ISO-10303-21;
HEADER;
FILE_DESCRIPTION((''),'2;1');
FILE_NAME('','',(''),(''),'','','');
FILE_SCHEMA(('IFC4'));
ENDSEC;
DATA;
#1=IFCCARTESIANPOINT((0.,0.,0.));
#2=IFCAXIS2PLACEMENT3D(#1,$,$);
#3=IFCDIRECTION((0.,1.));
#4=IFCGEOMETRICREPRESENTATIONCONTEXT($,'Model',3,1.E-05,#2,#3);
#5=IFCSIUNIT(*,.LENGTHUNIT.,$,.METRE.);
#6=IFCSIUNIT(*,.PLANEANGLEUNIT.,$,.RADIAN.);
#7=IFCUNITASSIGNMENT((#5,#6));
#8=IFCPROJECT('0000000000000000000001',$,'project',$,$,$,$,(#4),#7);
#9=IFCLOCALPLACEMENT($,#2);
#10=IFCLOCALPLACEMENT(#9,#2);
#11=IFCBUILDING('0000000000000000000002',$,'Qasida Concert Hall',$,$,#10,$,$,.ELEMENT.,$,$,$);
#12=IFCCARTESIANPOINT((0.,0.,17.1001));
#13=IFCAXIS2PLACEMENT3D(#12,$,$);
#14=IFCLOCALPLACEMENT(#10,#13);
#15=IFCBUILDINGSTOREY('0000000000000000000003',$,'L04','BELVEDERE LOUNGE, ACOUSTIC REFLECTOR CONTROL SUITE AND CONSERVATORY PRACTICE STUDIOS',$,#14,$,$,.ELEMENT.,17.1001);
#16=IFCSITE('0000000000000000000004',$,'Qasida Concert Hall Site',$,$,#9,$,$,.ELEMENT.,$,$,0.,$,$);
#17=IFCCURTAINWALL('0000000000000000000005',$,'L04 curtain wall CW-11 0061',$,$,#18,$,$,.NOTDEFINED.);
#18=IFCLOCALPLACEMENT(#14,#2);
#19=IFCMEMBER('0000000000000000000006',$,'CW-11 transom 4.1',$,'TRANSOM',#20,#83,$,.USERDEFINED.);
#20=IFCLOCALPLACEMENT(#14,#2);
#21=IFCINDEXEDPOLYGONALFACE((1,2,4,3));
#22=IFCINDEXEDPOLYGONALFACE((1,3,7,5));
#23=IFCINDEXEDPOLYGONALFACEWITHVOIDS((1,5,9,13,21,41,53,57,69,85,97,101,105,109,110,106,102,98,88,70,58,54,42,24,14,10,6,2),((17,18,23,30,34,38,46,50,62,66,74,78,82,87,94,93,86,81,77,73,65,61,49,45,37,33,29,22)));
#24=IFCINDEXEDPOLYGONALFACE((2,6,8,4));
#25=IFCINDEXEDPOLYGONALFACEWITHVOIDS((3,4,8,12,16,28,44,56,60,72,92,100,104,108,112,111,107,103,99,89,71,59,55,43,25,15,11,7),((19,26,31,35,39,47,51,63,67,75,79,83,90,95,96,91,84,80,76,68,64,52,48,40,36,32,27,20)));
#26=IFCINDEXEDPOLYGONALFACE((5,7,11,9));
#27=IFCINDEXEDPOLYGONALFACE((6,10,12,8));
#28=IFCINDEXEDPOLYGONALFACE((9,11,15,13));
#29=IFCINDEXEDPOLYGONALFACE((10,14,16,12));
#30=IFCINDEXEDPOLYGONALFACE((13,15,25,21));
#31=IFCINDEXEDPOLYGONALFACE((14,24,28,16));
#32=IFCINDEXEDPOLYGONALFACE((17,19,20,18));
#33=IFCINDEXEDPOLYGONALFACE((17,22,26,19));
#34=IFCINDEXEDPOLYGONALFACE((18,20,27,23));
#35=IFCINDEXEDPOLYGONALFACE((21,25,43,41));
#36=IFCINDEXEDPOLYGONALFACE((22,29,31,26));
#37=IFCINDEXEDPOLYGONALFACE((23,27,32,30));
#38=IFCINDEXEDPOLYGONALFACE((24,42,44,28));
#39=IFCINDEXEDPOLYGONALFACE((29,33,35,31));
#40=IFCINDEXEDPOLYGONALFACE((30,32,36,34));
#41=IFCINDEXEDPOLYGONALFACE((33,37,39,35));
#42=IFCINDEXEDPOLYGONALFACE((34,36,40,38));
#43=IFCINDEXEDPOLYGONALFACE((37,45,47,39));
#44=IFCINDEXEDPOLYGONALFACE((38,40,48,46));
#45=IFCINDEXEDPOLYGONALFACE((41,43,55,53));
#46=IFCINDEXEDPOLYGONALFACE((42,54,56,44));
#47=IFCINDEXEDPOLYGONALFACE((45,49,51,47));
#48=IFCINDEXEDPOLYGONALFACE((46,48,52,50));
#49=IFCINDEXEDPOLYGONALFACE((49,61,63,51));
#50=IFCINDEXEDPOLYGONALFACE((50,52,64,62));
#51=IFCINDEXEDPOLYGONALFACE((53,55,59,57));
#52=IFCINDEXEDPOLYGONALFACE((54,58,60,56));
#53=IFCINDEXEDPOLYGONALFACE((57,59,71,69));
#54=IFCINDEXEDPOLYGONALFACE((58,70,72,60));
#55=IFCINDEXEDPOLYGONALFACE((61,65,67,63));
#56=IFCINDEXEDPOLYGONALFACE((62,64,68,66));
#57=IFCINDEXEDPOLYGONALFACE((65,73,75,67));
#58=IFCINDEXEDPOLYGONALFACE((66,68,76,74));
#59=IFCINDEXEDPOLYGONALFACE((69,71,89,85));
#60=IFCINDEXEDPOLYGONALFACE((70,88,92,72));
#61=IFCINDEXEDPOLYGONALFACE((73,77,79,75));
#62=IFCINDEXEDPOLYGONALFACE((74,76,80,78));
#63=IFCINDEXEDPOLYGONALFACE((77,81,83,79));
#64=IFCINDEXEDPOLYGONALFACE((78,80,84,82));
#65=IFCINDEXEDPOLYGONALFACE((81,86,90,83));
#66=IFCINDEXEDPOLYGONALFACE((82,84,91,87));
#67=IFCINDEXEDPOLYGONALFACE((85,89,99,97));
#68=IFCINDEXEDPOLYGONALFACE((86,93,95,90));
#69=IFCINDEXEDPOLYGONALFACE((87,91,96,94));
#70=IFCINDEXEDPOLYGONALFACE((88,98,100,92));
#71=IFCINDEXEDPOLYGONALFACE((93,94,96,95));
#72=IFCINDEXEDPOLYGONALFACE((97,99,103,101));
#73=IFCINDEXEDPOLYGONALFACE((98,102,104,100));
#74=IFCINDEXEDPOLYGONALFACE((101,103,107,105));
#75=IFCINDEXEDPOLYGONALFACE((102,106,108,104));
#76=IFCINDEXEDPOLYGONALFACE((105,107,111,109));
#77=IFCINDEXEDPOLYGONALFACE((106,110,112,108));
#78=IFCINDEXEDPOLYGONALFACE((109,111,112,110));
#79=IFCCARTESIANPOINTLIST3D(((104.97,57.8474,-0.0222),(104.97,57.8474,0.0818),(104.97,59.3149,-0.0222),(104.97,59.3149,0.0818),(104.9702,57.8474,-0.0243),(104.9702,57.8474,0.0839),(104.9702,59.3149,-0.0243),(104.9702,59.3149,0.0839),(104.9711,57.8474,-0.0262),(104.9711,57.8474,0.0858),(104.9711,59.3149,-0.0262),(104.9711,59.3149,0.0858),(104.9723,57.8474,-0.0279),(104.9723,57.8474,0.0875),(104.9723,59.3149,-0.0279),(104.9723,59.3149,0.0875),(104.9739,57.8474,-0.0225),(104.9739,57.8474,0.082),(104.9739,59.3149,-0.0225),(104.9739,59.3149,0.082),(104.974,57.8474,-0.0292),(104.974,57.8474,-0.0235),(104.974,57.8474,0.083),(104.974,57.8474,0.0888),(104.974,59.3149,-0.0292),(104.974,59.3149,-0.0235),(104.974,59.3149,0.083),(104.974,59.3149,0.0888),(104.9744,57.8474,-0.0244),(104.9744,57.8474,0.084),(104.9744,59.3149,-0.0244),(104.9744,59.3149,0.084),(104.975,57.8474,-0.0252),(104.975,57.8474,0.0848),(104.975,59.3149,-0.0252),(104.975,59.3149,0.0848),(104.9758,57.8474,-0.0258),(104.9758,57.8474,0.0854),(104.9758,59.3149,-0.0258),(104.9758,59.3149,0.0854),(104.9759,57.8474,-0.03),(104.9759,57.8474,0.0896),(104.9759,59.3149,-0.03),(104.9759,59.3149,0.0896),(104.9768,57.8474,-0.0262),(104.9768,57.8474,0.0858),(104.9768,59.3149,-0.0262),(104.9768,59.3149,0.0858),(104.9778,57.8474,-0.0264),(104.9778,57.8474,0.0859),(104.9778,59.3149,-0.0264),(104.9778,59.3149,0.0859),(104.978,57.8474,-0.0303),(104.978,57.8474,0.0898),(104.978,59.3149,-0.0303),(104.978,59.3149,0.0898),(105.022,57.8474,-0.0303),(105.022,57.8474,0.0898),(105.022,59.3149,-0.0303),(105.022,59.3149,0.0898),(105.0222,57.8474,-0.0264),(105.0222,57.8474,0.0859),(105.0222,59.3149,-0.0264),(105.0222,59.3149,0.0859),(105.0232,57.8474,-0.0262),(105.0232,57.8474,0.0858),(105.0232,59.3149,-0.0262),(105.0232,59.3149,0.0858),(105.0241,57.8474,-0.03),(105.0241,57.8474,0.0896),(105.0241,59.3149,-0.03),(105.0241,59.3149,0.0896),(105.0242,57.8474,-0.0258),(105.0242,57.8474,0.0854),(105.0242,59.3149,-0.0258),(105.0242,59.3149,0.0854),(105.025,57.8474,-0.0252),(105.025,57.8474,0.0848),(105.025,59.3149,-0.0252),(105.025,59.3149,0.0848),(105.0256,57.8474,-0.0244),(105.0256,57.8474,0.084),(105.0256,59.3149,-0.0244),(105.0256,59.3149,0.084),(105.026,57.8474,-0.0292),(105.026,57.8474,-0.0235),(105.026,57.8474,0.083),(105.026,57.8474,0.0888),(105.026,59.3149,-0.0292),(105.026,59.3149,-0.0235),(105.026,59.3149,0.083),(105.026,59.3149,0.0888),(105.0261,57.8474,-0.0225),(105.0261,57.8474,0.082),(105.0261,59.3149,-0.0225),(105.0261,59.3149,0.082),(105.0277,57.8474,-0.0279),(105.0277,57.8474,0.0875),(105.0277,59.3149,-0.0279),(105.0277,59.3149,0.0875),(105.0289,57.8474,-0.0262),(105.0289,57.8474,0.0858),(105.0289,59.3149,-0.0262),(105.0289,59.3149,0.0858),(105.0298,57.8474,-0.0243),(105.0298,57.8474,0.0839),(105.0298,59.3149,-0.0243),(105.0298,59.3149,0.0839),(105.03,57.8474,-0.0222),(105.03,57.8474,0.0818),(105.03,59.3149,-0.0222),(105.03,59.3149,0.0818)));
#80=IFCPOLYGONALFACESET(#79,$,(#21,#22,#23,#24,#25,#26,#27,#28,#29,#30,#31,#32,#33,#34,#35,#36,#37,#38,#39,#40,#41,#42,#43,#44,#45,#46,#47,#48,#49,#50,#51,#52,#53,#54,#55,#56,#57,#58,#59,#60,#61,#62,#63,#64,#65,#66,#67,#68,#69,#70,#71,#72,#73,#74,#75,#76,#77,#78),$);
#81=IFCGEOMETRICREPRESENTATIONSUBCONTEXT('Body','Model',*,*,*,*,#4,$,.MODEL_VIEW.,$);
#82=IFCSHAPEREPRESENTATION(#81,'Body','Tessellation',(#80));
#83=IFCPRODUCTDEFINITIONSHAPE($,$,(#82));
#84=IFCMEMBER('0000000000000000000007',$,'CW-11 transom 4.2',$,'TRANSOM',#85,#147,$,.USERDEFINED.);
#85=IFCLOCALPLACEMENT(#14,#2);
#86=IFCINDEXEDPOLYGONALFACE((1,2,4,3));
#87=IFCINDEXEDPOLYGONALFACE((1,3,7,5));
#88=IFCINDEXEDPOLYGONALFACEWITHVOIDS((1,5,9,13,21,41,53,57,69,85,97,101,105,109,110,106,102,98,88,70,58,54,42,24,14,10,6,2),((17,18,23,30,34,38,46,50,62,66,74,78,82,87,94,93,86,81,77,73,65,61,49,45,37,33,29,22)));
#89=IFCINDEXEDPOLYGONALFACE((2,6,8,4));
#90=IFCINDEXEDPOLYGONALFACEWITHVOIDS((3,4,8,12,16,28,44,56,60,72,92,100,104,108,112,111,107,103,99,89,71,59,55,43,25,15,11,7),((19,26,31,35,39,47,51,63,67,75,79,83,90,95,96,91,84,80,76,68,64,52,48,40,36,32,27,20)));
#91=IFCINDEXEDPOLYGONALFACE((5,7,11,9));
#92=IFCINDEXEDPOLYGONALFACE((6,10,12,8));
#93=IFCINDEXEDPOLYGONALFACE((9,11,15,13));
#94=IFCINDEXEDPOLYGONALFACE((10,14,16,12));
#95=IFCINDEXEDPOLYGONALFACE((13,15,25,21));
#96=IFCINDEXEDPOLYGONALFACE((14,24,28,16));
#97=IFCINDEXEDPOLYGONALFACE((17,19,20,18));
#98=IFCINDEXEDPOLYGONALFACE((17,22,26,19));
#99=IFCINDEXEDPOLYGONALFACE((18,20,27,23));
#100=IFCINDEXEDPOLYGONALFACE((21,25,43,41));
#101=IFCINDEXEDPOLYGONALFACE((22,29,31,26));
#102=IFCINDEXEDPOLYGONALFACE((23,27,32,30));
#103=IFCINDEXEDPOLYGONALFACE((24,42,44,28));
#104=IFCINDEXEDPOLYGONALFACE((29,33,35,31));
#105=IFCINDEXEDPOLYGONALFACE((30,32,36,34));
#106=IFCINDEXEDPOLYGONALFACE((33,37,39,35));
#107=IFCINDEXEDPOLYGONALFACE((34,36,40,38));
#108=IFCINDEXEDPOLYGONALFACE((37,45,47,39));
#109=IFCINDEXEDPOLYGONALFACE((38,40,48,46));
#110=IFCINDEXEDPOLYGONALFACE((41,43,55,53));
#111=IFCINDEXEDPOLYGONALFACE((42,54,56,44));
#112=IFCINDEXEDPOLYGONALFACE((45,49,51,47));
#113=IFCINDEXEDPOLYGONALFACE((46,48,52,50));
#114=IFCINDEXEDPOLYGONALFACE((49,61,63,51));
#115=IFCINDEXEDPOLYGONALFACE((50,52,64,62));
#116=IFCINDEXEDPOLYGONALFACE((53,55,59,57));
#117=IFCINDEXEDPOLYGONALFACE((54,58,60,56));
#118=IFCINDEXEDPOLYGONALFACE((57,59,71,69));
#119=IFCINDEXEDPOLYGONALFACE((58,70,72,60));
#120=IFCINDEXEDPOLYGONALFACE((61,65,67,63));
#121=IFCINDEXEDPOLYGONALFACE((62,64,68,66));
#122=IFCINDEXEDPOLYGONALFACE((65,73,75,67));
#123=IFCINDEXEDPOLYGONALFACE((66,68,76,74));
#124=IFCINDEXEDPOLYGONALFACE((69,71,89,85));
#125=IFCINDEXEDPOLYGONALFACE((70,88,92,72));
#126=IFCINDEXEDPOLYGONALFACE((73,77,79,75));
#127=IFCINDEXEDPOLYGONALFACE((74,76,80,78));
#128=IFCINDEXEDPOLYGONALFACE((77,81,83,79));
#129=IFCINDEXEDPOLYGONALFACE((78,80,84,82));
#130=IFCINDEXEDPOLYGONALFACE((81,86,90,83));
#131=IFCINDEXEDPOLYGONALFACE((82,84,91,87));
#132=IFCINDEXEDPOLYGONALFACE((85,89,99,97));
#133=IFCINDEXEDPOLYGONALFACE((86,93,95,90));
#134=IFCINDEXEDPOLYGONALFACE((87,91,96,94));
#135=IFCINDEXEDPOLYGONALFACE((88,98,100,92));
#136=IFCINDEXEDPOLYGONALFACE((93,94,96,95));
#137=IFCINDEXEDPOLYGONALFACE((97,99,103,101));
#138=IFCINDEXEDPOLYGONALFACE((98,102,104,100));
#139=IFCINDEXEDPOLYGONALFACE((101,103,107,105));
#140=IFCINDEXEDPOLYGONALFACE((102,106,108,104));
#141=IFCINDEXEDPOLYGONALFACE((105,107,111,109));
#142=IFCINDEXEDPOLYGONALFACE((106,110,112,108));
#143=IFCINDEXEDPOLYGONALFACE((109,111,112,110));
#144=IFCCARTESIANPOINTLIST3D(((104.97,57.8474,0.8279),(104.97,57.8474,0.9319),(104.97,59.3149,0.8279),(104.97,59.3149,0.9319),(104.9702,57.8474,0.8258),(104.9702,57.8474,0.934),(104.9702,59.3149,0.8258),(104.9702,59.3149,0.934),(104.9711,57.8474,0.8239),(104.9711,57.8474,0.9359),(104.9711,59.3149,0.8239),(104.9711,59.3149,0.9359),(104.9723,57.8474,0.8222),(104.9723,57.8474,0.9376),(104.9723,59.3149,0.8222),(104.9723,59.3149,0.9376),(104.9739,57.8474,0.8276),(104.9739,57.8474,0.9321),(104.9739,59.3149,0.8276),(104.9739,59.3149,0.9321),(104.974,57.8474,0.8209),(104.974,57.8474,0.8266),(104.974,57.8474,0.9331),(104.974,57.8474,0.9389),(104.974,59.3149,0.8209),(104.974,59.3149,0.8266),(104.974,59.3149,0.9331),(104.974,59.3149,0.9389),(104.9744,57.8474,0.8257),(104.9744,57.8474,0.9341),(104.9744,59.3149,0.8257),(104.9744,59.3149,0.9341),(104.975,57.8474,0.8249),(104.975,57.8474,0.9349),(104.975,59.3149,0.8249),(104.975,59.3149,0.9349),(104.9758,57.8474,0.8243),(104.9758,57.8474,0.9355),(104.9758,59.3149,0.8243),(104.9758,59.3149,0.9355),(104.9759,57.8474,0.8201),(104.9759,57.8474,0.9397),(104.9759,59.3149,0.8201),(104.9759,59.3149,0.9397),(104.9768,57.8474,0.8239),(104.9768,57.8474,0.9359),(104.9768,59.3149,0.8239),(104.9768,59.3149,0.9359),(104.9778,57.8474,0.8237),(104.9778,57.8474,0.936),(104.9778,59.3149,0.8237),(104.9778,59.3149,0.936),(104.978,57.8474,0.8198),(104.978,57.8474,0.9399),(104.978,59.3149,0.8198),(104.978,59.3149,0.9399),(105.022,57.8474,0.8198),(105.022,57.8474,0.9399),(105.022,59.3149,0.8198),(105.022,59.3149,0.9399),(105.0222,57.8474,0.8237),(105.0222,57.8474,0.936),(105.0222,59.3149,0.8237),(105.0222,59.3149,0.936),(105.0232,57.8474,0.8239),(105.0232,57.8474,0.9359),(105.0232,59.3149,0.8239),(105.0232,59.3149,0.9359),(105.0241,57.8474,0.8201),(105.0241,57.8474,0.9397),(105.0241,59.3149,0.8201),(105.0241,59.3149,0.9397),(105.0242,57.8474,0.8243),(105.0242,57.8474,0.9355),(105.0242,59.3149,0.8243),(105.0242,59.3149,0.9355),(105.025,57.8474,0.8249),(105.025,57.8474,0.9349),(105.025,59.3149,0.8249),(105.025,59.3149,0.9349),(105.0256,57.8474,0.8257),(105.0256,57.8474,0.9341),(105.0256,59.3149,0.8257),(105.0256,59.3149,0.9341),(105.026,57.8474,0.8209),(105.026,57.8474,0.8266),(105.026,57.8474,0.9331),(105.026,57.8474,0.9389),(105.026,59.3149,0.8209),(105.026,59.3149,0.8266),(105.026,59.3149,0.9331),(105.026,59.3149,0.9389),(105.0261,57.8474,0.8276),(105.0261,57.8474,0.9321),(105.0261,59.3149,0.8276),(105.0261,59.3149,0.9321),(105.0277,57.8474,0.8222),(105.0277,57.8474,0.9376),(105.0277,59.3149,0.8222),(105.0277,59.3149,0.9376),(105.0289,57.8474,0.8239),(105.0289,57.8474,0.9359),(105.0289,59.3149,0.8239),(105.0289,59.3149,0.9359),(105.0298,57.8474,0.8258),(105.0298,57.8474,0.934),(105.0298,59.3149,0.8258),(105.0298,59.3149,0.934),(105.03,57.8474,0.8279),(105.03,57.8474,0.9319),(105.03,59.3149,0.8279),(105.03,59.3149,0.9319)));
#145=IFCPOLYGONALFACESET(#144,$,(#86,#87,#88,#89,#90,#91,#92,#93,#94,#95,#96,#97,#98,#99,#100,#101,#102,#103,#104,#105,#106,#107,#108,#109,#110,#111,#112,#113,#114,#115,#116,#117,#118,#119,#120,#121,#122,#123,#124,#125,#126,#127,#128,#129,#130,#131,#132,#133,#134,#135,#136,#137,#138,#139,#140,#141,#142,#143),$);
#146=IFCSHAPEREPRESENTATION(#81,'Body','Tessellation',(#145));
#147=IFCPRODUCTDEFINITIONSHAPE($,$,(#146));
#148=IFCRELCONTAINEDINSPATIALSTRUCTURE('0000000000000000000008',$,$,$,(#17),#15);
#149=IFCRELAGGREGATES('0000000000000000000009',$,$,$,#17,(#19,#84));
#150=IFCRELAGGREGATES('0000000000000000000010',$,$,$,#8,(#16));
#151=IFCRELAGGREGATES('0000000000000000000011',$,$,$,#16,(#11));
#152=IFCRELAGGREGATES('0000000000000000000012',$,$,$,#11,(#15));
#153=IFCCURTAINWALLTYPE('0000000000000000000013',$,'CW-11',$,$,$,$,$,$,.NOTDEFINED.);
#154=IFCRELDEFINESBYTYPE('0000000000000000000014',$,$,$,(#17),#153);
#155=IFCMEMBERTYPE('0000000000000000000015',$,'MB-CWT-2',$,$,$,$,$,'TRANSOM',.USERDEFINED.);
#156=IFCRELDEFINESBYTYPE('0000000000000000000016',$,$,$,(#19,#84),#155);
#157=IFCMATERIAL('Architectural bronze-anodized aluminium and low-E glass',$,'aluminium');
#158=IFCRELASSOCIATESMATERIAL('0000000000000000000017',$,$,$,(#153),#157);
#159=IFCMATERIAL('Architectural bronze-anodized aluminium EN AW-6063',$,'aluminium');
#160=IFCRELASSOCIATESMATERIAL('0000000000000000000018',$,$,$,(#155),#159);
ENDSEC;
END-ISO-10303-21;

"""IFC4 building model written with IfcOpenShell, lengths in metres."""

from ifc_helpers import new_model, si_unit, direction, frame, origin, origin_2d, place, context, subcontext, project, spatial, hollow_rectangle, extrude, material, material_profile, profile_set, type_object, element, aggregate, save


model = new_model("IFC4")

# Units and contexts
model_context = context("Model", 3, precision=1e-05, world=origin(), true_north=direction((0.0, 1.0)))
body_context = subcontext(model_context, "Body", "Model", "MODEL_VIEW")
ifc_project = project(units=[si_unit("LENGTHUNIT", "METRE"), si_unit("PLANEANGLEUNIT", "RADIAN")], contexts=[model_context])

# Site, building, storey
site_placement = place(None, origin())
site = spatial("IfcSite", under=ifc_project, at=site_placement, Name="Qasida Concert Hall Site", CompositionType="ELEMENT", RefElevation=0.0)
building_placement = place(site_placement, origin())
building = spatial("IfcBuilding", under=site, at=building_placement, Name="Qasida Concert Hall", CompositionType="ELEMENT")
storey_placement = place(building_placement, frame((0.0, 0.0, 17.1001)))
storey = spatial("IfcBuildingStorey", under=building, at=storey_placement, Name="L04", Description="BELVEDERE LOUNGE, ACOUSTIC REFLECTOR CONTROL SUITE AND CONSERVATORY PRACTICE STUDIOS", CompositionType="ELEMENT", Elevation=17.1001)

# Curtain wall, members
ifc_material_1 = material(Name="Architectural bronze-anodized aluminium and low-E glass", Category="aluminium")
curtain_wall_type = type_object("IfcCurtainWallType", Name="CW-11", PredefinedType="NOTDEFINED", material=ifc_material_1)
curtain_wall_placement = place(storey_placement, origin())
curtain_wall = element("IfcCurtainWall", 1, at=curtain_wall_placement, inside=storey, type_object=curtain_wall_type, Name="L04 curtain wall CW-11 0061", PredefinedType="NOTDEFINED")
ifc_material_2 = material(Name="Architectural bronze-anodized aluminium EN AW-6063", Category="aluminium")
ifc_material_profile_1 = material_profile(ifc_material_2, hollow_rectangle(XDim=0.0601, YDim=0.1201, WallThickness=0.0039, InnerFilletRadius=0.0039, OuterFilletRadius=0.0081, at=origin_2d()), Name="CWT 120x60x4")
ifc_profile_set_1 = profile_set([ifc_material_profile_1], Name="Architectural bronze-anodized aluminium EN AW-6063")
member_type_1 = type_object("IfcMemberType", Name="MB-CWT-2", ElementType="TRANSOM", PredefinedType="USERDEFINED", material=ifc_profile_set_1)
member_1_placement = place(storey_placement, frame((105.0, 57.8474, 0.0298), z_axis=(0.0, 1.0, 0.0), x_axis=(-1.0, 0.0, 0.0)))
member_1 = element("IfcMember", 2, at=member_1_placement, type_object=member_type_1, Name="CW-11 transom 4.1", ObjectType="TRANSOM", PredefinedType="USERDEFINED", context=body_context, shape_type="SweptSolid", body=[
    extrude(hollow_rectangle(XDim=0.0601, YDim=0.1201, WallThickness=0.0039, InnerFilletRadius=0.0039, OuterFilletRadius=0.0081, at=origin_2d()), origin(), (0.0, 0.0, 1.0), 1.4675),
])
member_2_placement = place(storey_placement, frame((105.0, 57.8474, 0.8799), z_axis=(0.0, 1.0, 0.0), x_axis=(-1.0, 0.0, 0.0)))
member_2 = element("IfcMember", 3, at=member_2_placement, type_object=member_type_1, Name="CW-11 transom 4.2", ObjectType="TRANSOM", PredefinedType="USERDEFINED", context=body_context, shape_type="SweptSolid", body=[
    extrude(hollow_rectangle(XDim=0.0601, YDim=0.1201, WallThickness=0.0039, InnerFilletRadius=0.0039, OuterFilletRadius=0.0081, at=origin_2d()), origin(), (0.0, 0.0, 1.0), 1.4675),
])
aggregate(curtain_wall, [member_1, member_2])

save(model, "model.ifc")
